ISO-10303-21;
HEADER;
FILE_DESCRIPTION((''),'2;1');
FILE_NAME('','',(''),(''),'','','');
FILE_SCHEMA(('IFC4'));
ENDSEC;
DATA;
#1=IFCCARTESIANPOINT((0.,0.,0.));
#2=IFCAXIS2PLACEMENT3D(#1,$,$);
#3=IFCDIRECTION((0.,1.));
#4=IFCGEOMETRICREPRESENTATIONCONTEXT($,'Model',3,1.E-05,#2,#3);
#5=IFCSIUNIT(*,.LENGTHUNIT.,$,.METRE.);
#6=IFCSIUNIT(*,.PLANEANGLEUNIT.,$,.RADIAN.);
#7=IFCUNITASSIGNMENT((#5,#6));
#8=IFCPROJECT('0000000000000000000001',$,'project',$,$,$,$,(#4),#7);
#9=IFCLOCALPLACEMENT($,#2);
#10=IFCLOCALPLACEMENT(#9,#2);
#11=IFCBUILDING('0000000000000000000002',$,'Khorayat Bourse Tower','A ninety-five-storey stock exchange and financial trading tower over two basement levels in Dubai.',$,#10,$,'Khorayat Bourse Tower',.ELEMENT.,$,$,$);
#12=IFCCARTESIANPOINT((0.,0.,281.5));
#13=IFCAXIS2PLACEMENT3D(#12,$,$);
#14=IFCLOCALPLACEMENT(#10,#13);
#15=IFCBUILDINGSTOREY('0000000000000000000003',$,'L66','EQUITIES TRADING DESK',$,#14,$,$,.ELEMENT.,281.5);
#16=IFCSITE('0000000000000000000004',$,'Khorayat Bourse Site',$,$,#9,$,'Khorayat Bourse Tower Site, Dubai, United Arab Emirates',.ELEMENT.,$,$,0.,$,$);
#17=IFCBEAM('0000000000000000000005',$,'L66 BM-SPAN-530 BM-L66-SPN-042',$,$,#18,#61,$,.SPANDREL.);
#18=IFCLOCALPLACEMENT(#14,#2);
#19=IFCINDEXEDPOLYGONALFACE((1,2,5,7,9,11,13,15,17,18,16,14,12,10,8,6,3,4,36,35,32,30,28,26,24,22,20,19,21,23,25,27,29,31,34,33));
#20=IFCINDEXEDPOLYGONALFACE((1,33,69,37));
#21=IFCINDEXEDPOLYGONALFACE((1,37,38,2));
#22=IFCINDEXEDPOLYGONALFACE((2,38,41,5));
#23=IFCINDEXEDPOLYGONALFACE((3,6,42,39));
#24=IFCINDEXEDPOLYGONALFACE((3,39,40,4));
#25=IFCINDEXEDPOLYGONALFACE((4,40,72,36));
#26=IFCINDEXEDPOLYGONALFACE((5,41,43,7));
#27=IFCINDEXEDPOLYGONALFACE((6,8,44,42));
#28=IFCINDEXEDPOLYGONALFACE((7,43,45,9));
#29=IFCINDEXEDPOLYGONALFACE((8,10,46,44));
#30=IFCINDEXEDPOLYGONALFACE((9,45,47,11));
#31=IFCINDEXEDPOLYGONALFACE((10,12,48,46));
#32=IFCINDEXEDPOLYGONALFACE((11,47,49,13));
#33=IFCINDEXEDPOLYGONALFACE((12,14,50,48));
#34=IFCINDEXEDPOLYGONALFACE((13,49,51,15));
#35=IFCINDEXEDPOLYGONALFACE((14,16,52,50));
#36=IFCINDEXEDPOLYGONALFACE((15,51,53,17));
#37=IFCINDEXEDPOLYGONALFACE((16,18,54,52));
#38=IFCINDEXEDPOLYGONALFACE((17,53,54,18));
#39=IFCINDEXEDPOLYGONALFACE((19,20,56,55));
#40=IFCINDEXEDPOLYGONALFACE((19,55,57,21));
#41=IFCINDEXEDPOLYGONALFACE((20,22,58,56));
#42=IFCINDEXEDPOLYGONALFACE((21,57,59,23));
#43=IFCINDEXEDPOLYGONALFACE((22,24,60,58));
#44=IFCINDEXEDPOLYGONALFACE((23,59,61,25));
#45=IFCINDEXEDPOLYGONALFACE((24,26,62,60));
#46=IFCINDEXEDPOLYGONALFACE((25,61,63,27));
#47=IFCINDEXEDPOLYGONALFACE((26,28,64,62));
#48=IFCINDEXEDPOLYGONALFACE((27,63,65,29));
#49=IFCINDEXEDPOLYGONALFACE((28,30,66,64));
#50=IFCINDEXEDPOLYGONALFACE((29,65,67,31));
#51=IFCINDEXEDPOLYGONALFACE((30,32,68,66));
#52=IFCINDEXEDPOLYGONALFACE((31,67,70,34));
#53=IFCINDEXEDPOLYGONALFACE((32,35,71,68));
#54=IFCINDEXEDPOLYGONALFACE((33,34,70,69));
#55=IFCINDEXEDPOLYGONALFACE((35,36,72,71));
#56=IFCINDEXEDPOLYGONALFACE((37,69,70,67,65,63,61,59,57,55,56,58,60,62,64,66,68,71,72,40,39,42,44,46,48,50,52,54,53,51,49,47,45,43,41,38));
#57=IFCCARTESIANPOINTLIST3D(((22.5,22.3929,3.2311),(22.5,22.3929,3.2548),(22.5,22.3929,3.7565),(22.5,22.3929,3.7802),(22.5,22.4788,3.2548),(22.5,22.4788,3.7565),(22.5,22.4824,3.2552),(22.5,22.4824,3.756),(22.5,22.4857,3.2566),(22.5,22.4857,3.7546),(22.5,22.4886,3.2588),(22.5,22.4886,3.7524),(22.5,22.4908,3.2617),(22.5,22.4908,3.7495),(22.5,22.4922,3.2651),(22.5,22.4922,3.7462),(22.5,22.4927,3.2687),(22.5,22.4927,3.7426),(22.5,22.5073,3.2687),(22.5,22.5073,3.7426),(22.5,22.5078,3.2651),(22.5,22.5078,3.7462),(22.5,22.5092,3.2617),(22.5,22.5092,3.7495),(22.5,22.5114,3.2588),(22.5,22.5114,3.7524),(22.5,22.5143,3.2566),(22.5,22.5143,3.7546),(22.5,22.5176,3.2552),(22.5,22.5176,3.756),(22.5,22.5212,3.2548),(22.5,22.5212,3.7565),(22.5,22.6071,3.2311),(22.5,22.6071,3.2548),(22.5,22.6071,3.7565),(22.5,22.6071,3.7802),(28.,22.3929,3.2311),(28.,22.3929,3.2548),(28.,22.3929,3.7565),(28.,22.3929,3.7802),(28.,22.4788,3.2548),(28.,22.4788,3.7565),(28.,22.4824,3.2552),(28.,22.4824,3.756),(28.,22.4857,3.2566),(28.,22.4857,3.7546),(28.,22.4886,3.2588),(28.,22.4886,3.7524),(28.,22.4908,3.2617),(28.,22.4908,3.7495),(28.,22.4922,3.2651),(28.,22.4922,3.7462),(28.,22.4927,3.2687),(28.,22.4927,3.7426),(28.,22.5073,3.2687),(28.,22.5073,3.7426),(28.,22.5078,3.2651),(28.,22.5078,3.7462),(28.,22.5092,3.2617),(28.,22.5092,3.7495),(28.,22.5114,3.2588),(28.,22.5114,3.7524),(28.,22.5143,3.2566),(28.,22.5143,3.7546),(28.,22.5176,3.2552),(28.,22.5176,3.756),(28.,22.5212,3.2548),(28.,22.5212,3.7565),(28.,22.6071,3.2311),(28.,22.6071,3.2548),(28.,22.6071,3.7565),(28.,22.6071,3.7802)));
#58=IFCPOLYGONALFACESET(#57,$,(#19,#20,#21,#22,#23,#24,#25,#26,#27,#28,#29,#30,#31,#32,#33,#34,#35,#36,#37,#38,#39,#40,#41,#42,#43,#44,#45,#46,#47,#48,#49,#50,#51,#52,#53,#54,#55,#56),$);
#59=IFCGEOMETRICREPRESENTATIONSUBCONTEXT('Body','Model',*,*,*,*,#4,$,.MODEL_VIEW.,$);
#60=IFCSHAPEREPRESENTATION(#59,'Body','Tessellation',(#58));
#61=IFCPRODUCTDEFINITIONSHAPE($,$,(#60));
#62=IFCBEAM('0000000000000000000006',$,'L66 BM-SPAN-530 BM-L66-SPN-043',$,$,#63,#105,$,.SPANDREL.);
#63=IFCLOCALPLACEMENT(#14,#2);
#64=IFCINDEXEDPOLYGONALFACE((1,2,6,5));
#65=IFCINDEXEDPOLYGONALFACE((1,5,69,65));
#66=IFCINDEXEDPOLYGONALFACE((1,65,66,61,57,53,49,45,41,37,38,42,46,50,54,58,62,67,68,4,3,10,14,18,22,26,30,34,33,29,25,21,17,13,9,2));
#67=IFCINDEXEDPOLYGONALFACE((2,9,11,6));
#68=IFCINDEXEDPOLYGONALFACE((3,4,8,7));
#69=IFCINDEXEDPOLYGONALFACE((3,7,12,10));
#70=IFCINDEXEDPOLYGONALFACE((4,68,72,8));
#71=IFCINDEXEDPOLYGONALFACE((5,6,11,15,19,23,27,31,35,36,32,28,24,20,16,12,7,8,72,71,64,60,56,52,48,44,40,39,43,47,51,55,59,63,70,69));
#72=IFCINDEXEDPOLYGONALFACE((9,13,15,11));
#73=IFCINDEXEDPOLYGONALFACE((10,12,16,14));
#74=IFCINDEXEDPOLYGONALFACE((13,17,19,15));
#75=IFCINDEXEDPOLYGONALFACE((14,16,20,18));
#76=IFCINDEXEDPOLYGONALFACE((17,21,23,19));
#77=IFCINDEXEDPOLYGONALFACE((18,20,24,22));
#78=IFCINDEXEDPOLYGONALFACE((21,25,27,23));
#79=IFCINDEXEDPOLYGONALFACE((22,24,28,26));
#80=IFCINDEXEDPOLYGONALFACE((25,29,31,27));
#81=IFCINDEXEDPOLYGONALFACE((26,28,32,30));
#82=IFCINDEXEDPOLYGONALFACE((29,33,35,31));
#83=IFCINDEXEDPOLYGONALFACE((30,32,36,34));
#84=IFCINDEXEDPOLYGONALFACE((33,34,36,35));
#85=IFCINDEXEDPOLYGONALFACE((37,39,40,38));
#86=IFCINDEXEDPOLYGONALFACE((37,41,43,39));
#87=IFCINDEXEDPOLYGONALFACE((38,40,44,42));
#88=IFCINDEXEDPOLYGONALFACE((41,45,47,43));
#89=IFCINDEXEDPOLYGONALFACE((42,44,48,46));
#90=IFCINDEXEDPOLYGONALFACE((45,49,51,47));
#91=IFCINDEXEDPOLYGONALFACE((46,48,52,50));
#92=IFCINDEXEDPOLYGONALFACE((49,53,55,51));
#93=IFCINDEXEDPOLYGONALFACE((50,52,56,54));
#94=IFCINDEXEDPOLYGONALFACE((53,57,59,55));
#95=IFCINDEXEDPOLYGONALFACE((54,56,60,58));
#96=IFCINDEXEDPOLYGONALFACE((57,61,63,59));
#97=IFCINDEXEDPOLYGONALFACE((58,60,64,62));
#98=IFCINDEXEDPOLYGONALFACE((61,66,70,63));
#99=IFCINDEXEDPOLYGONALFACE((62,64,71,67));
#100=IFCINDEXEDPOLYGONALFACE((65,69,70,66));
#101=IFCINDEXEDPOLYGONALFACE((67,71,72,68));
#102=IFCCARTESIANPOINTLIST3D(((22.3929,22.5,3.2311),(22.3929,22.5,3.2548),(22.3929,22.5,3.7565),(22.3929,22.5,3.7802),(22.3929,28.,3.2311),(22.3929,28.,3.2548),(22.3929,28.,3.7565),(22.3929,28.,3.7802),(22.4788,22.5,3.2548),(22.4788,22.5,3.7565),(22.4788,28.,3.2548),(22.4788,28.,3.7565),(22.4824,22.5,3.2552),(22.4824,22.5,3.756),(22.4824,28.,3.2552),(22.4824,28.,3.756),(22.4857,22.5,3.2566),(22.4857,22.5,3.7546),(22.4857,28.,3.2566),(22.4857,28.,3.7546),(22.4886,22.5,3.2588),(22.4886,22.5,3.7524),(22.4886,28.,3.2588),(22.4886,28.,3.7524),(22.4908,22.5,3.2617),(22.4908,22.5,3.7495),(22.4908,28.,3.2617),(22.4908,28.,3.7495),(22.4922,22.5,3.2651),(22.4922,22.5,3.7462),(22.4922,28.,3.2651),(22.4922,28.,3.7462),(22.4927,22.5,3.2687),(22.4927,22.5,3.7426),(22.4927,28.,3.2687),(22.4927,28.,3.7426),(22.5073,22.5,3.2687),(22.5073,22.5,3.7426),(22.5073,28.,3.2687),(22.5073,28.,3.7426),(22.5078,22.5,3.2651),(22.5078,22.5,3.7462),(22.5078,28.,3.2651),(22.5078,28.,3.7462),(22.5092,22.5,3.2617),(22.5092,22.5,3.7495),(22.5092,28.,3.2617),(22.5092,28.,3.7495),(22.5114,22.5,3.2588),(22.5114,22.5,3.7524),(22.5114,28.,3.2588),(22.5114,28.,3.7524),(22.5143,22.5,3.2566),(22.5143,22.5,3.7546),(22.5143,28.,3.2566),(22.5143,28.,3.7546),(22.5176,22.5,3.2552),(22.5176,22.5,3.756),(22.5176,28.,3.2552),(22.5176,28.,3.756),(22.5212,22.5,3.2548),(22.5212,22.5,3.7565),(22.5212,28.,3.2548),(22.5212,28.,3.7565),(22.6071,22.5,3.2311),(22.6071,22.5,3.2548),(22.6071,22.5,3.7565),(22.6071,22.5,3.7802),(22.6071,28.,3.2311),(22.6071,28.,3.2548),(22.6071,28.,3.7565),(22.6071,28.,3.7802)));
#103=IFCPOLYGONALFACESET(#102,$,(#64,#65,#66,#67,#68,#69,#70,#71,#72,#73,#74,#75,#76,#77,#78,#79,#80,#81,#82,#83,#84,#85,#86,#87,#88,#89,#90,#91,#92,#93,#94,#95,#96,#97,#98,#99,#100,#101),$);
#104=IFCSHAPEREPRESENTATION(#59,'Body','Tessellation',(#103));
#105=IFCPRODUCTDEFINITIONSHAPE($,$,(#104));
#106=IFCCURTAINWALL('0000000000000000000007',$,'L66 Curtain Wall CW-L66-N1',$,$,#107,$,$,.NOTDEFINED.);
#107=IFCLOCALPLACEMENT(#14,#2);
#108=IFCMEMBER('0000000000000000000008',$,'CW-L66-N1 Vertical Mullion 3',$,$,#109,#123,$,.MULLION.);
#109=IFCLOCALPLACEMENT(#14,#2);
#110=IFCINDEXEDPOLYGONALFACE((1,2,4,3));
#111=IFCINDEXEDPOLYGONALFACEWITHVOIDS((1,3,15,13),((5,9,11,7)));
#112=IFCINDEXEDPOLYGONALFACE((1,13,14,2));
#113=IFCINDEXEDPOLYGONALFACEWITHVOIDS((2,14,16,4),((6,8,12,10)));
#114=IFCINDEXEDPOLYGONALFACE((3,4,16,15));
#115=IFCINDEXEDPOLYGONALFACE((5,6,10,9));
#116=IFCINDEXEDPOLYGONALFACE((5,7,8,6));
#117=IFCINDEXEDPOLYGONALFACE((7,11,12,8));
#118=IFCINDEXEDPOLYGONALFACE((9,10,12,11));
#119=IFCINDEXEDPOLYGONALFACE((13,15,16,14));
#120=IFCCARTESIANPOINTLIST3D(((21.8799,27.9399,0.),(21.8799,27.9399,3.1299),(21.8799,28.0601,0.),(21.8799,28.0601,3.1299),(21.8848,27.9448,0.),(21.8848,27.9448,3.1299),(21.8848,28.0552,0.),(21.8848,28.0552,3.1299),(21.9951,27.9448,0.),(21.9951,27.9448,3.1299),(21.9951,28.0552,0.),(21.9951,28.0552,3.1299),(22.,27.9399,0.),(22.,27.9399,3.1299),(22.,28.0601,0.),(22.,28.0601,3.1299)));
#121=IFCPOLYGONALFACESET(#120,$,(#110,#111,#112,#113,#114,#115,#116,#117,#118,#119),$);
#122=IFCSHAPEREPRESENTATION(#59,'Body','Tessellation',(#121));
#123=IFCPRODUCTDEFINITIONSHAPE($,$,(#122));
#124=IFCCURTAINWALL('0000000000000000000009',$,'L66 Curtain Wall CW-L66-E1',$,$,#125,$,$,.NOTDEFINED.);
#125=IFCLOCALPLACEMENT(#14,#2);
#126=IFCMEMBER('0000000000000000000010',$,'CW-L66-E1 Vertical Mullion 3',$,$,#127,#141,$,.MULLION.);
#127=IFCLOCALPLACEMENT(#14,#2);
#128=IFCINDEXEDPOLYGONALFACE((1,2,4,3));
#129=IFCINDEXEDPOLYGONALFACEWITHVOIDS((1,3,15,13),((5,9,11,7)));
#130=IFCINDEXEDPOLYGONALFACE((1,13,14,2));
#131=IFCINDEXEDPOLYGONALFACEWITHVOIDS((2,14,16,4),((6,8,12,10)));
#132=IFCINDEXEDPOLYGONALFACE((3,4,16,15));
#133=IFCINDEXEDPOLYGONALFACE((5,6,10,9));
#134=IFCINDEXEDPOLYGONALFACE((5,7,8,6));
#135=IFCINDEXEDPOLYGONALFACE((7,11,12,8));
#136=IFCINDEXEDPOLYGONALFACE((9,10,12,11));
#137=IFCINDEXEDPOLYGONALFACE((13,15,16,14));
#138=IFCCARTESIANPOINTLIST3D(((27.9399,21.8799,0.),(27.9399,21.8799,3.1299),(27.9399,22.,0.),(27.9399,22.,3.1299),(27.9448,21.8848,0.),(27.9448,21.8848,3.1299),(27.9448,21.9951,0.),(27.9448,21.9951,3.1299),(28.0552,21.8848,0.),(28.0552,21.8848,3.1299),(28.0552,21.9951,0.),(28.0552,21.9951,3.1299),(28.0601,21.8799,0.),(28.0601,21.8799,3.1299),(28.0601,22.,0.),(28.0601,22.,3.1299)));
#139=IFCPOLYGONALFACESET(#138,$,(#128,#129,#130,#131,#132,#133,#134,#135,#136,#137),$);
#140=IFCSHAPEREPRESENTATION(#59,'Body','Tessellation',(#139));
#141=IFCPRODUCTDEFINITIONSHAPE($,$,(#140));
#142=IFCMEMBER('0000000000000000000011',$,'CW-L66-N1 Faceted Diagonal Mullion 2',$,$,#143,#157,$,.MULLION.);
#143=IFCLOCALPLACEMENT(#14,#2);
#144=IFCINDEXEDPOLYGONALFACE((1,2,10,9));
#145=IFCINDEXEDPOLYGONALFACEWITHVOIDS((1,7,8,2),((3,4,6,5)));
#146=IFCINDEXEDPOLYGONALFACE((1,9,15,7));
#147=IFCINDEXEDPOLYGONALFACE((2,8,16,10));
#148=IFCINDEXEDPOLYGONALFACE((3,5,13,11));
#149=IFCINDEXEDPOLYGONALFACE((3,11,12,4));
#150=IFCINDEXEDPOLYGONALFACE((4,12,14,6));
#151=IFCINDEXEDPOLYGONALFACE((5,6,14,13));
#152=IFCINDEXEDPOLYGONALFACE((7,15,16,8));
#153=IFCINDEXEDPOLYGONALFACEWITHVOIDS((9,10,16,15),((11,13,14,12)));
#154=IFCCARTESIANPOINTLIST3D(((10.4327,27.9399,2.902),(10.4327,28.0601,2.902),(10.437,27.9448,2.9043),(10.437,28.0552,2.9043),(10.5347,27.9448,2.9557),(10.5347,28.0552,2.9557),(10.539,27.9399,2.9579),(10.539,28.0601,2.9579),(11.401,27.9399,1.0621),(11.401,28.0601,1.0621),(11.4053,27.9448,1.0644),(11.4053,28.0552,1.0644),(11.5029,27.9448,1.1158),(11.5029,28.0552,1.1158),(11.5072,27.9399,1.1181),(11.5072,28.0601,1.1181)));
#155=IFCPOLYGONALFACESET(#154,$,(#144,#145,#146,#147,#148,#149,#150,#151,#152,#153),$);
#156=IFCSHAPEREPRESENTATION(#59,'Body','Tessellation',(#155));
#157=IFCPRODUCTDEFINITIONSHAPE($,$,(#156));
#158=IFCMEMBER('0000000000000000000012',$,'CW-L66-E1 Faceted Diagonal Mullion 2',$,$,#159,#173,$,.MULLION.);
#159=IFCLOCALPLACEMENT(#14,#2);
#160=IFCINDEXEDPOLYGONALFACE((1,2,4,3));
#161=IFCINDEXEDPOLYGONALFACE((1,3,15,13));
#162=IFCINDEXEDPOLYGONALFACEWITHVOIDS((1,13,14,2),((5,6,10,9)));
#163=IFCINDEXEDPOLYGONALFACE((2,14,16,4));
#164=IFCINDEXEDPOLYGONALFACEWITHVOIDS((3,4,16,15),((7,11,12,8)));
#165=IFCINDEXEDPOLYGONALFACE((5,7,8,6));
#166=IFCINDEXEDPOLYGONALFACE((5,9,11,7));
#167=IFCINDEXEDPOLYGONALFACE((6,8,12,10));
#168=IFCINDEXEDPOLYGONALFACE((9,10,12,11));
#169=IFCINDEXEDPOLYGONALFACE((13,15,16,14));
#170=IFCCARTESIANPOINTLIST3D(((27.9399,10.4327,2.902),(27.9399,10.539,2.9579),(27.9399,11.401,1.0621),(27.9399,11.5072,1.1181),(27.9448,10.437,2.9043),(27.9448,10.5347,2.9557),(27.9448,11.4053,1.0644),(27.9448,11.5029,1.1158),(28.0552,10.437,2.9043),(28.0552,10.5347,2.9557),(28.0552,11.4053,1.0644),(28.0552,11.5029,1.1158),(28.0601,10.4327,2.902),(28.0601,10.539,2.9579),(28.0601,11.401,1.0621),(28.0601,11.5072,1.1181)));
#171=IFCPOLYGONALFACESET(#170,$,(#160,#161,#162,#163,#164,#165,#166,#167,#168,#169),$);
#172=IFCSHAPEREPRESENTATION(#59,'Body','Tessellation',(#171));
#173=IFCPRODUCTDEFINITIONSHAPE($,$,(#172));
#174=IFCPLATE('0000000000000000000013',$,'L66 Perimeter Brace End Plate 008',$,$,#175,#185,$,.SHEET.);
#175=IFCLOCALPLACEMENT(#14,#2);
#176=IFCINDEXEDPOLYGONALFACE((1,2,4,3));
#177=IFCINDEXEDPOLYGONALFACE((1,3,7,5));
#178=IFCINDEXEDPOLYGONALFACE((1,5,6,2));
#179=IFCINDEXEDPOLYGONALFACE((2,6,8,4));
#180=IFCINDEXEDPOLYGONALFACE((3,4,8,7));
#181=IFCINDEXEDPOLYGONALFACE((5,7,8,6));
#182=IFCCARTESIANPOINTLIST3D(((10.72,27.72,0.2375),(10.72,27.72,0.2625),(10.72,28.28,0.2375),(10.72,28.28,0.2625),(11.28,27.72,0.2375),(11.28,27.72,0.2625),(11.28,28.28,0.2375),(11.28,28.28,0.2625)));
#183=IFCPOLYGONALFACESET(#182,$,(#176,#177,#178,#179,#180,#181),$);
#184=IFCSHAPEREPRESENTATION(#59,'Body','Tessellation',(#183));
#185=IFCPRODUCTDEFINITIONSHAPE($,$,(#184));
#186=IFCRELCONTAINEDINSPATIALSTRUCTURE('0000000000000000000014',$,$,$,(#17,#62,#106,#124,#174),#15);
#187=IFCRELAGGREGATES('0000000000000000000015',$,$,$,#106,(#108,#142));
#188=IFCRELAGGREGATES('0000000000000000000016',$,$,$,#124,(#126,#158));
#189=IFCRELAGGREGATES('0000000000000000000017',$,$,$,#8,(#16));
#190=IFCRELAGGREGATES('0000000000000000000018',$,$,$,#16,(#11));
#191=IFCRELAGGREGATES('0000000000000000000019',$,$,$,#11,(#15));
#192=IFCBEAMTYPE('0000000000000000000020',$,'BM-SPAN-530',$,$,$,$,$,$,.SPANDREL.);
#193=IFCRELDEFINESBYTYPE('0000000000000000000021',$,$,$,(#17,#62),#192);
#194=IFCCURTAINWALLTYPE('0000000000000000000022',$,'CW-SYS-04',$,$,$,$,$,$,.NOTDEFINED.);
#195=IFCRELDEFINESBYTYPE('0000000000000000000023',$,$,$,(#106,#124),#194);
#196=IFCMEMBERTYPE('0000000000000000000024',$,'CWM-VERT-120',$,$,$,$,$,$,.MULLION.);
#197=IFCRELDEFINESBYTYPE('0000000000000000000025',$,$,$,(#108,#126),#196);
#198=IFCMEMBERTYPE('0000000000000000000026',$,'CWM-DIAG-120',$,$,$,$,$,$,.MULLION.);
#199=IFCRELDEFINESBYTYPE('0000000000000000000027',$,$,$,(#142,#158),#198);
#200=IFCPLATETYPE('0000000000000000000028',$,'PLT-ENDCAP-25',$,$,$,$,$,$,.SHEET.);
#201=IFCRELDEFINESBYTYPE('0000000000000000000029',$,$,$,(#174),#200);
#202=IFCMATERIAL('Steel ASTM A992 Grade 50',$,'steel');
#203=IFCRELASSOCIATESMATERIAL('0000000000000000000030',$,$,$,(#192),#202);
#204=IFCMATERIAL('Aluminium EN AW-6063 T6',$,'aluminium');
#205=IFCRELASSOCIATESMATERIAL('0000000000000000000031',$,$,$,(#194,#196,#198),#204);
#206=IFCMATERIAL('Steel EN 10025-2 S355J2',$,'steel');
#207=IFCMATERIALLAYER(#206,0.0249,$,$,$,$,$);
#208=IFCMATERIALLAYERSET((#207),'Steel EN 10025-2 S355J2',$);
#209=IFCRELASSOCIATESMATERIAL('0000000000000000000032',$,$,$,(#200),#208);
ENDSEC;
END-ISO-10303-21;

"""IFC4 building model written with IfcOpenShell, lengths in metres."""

from ifc_helpers import new_model, si_unit, direction, frame, origin, origin_2d, place, context, subcontext, project, spatial, rectangle, hollow_rectangle, i_section, extrude, source, transform, mapped, material, layer, layer_set, material_profile, profile_set, type_object, element, aggregate, save


model = new_model("IFC4")

# Units and contexts
model_context = context("Model", 3, precision=1e-05, world=origin(), true_north=direction((0.0, 1.0)))
body_context = subcontext(model_context, "Body", "Model", "MODEL_VIEW")
ifc_project = project(units=[si_unit("LENGTHUNIT", "METRE"), si_unit("PLANEANGLEUNIT", "RADIAN")], contexts=[model_context])

# Site, building, storey
site_placement = place(None, origin())
site = spatial("IfcSite", under=ifc_project, at=site_placement, Name="Khorayat Bourse Site", LongName="Khorayat Bourse Tower Site, Dubai, United Arab Emirates", CompositionType="ELEMENT", RefElevation=0.0)
building_placement = place(site_placement, origin())
building = spatial("IfcBuilding", under=site, at=building_placement, Name="Khorayat Bourse Tower", Description="A ninety-five-storey stock exchange and financial trading tower over two basement levels in Dubai.", LongName="Khorayat Bourse Tower", CompositionType="ELEMENT")
storey_placement = place(building_placement, frame((0.0, 0.0, 281.5)))
storey = spatial("IfcBuildingStorey", under=building, at=storey_placement, Name="L66", Description="EQUITIES TRADING DESK", CompositionType="ELEMENT", Elevation=281.5)

# Beams
ifc_material_1 = material(Name="Steel ASTM A992 Grade 50", Category="steel")
ifc_material_profile_1 = material_profile(ifc_material_1, i_section(OverallWidth=0.2141, OverallDepth=0.5491, WebThickness=0.0146, FlangeThickness=0.0237, FilletRadius=0.0139, at=origin_2d()), Name="W530X138")
ifc_profile_set_1 = profile_set([ifc_material_profile_1], Name="Steel ASTM A992 Grade 50")
beam_type_1 = type_object("IfcBeamType", Name="BM-SPAN-530", PredefinedType="SPANDREL", material=ifc_profile_set_1)
shared_shape_1 = source(origin(), body_context, "Body", "SweptSolid", [
    extrude(i_section(OverallWidth=0.2141, OverallDepth=0.5491, WebThickness=0.0146, FlangeThickness=0.0237, FilletRadius=0.0139, at=origin_2d()), origin(), (0.0, 0.0, 1.0), 5.5),
])
for number, where, z_axis, x_axis, name in (
    (1, (22.5, 22.5, 3.5056), (1.0, 0.0, 0.0), (0.0, 1.0, 0.0), "L66 BM-SPAN-530 BM-L66-SPN-042"),
    (2, (22.5, 22.5, 3.5056), (0.0, 1.0, 0.0), (-1.0, 0.0, 0.0), "L66 BM-SPAN-530 BM-L66-SPN-043"),
):
    element("IfcBeam", number, at=place(storey_placement, frame(where, z_axis=z_axis, x_axis=x_axis)), inside=storey, type_object=beam_type_1, Name=name, PredefinedType="SPANDREL", context=body_context, shape_type="MappedRepresentation", body=[
        mapped(shared_shape_1, transform((0.0, 0.0, 0.0), scale=1.0)),
    ])

# Curtain walls, members
ifc_material_2 = material(Name="Aluminium EN AW-6063 T6", Category="aluminium")
curtain_wall_type = type_object("IfcCurtainWallType", Name="CW-SYS-04", PredefinedType="NOTDEFINED", material=ifc_material_2)
curtain_wall_1_placement = place(storey_placement, origin())
curtain_wall_1 = element("IfcCurtainWall", 3, at=curtain_wall_1_placement, inside=storey, type_object=curtain_wall_type, Name="L66 Curtain Wall CW-L66-N1", PredefinedType="NOTDEFINED")
ifc_material_profile_2 = material_profile(ifc_material_2, hollow_rectangle(XDim=0.1201, YDim=0.1201, WallThickness=0.0049, at=origin_2d()), Name="ALU 120x120x5")
ifc_profile_set_2 = profile_set([ifc_material_profile_2], Name="Aluminium EN AW-6063 T6")
member_type_1 = type_object("IfcMemberType", Name="CWM-VERT-120", PredefinedType="MULLION", material=ifc_profile_set_2)
shared_shape_2 = source(origin(), body_context, "Body", "SweptSolid", [
    extrude(hollow_rectangle(XDim=0.1201, YDim=0.1201, WallThickness=0.0049, at=origin_2d()), origin(), (0.0, 0.0, 1.0), 3.1299),
])
member_1_placement = place(storey_placement, frame((21.9399, 28.0, 0.0), z_axis=(0.0, 0.0, 1.0), x_axis=(0.0, 1.0, 0.0)))
member_1 = element("IfcMember", 4, at=member_1_placement, type_object=member_type_1, Name="CW-L66-N1 Vertical Mullion 3", PredefinedType="MULLION", context=body_context, shape_type="MappedRepresentation", body=[
    mapped(shared_shape_2, transform((0.0, 0.0, 0.0), scale=1.0)),
])
curtain_wall_2_placement = place(storey_placement, origin())
curtain_wall_2 = element("IfcCurtainWall", 5, at=curtain_wall_2_placement, inside=storey, type_object=curtain_wall_type, Name="L66 Curtain Wall CW-L66-E1", PredefinedType="NOTDEFINED")
member_2_placement = place(storey_placement, frame((28.0, 21.9399, 0.0), z_axis=(0.0, 0.0, 1.0), x_axis=(-1.0, 0.0, 0.0)))
member_2 = element("IfcMember", 6, at=member_2_placement, type_object=member_type_1, Name="CW-L66-E1 Vertical Mullion 3", PredefinedType="MULLION", context=body_context, shape_type="MappedRepresentation", body=[
    mapped(shared_shape_2, transform((0.0, 0.0, 0.0), scale=1.0)),
])

# Members
ifc_material_profile_3 = material_profile(ifc_material_2, hollow_rectangle(XDim=0.1201, YDim=0.1201, WallThickness=0.0049, at=origin_2d()), Name="ALU 120x120x5")
ifc_profile_set_3 = profile_set([ifc_material_profile_3], Name="Aluminium EN AW-6063 T6")
member_type_2 = type_object("IfcMemberType", Name="CWM-DIAG-120", PredefinedType="MULLION", material=ifc_profile_set_3)
shared_shape_3 = source(origin(), body_context, "Body", "SweptSolid", [
    extrude(hollow_rectangle(XDim=0.1201, YDim=0.1201, WallThickness=0.0049, at=origin_2d()), origin(), (0.0, 0.0, 1.0), 2.0791),
])
member_3_placement = place(storey_placement, frame((11.4541, 28.0, 1.0901), z_axis=(-0.465717, 0.0, 0.884934), x_axis=(0.0, -1.0, 0.0)))
member_3 = element("IfcMember", 7, at=member_3_placement, type_object=member_type_2, Name="CW-L66-N1 Faceted Diagonal Mullion 2", PredefinedType="MULLION", context=body_context, shape_type="MappedRepresentation", body=[
    mapped(shared_shape_3, transform((0.0, 0.0, 0.0), scale=1.0)),
])
aggregate(curtain_wall_1, [member_1, member_3])
member_4_placement = place(storey_placement, frame((28.0, 11.4541, 1.0901), z_axis=(0.0, -0.465717, 0.884934), x_axis=(1.0, 0.0, 0.0)))
member_4 = element("IfcMember", 8, at=member_4_placement, type_object=member_type_2, Name="CW-L66-E1 Faceted Diagonal Mullion 2", PredefinedType="MULLION", context=body_context, shape_type="MappedRepresentation", body=[
    mapped(shared_shape_3, transform((0.0, 0.0, 0.0), scale=1.0)),
])
aggregate(curtain_wall_2, [member_2, member_4])

# Plate
ifc_material_3 = material(Name="Steel EN 10025-2 S355J2", Category="steel")
ifc_layer_1 = layer(ifc_material_3, 0.0249)
ifc_layer_set_1 = layer_set([ifc_layer_1], Name="Steel EN 10025-2 S355J2")
plate_type = type_object("IfcPlateType", Name="PLT-ENDCAP-25", PredefinedType="SHEET", material=ifc_layer_set_1)
shared_shape_4 = source(origin(), body_context, "Body", "SweptSolid", [
    extrude(rectangle(XDim=0.5601, YDim=0.5601, at=origin_2d()), origin(), (0.0, 0.0, 1.0), 0.0249),
])
for number, where, z_axis, x_axis, name in (
    (9, (11.0, 28.0, 0.2375), (0.0, 0.0, 1.0), (1.0, 0.0, 0.0), "L66 Perimeter Brace End Plate 008"),
):
    element("IfcPlate", number, at=place(storey_placement, frame(where, z_axis=z_axis, x_axis=x_axis)), inside=storey, type_object=plate_type, Name=name, PredefinedType="SHEET", context=body_context, shape_type="MappedRepresentation", body=[
        mapped(shared_shape_4, transform((0.0, 0.0, 0.0), scale=1.0)),
    ])

save(model, "model.ifc")
